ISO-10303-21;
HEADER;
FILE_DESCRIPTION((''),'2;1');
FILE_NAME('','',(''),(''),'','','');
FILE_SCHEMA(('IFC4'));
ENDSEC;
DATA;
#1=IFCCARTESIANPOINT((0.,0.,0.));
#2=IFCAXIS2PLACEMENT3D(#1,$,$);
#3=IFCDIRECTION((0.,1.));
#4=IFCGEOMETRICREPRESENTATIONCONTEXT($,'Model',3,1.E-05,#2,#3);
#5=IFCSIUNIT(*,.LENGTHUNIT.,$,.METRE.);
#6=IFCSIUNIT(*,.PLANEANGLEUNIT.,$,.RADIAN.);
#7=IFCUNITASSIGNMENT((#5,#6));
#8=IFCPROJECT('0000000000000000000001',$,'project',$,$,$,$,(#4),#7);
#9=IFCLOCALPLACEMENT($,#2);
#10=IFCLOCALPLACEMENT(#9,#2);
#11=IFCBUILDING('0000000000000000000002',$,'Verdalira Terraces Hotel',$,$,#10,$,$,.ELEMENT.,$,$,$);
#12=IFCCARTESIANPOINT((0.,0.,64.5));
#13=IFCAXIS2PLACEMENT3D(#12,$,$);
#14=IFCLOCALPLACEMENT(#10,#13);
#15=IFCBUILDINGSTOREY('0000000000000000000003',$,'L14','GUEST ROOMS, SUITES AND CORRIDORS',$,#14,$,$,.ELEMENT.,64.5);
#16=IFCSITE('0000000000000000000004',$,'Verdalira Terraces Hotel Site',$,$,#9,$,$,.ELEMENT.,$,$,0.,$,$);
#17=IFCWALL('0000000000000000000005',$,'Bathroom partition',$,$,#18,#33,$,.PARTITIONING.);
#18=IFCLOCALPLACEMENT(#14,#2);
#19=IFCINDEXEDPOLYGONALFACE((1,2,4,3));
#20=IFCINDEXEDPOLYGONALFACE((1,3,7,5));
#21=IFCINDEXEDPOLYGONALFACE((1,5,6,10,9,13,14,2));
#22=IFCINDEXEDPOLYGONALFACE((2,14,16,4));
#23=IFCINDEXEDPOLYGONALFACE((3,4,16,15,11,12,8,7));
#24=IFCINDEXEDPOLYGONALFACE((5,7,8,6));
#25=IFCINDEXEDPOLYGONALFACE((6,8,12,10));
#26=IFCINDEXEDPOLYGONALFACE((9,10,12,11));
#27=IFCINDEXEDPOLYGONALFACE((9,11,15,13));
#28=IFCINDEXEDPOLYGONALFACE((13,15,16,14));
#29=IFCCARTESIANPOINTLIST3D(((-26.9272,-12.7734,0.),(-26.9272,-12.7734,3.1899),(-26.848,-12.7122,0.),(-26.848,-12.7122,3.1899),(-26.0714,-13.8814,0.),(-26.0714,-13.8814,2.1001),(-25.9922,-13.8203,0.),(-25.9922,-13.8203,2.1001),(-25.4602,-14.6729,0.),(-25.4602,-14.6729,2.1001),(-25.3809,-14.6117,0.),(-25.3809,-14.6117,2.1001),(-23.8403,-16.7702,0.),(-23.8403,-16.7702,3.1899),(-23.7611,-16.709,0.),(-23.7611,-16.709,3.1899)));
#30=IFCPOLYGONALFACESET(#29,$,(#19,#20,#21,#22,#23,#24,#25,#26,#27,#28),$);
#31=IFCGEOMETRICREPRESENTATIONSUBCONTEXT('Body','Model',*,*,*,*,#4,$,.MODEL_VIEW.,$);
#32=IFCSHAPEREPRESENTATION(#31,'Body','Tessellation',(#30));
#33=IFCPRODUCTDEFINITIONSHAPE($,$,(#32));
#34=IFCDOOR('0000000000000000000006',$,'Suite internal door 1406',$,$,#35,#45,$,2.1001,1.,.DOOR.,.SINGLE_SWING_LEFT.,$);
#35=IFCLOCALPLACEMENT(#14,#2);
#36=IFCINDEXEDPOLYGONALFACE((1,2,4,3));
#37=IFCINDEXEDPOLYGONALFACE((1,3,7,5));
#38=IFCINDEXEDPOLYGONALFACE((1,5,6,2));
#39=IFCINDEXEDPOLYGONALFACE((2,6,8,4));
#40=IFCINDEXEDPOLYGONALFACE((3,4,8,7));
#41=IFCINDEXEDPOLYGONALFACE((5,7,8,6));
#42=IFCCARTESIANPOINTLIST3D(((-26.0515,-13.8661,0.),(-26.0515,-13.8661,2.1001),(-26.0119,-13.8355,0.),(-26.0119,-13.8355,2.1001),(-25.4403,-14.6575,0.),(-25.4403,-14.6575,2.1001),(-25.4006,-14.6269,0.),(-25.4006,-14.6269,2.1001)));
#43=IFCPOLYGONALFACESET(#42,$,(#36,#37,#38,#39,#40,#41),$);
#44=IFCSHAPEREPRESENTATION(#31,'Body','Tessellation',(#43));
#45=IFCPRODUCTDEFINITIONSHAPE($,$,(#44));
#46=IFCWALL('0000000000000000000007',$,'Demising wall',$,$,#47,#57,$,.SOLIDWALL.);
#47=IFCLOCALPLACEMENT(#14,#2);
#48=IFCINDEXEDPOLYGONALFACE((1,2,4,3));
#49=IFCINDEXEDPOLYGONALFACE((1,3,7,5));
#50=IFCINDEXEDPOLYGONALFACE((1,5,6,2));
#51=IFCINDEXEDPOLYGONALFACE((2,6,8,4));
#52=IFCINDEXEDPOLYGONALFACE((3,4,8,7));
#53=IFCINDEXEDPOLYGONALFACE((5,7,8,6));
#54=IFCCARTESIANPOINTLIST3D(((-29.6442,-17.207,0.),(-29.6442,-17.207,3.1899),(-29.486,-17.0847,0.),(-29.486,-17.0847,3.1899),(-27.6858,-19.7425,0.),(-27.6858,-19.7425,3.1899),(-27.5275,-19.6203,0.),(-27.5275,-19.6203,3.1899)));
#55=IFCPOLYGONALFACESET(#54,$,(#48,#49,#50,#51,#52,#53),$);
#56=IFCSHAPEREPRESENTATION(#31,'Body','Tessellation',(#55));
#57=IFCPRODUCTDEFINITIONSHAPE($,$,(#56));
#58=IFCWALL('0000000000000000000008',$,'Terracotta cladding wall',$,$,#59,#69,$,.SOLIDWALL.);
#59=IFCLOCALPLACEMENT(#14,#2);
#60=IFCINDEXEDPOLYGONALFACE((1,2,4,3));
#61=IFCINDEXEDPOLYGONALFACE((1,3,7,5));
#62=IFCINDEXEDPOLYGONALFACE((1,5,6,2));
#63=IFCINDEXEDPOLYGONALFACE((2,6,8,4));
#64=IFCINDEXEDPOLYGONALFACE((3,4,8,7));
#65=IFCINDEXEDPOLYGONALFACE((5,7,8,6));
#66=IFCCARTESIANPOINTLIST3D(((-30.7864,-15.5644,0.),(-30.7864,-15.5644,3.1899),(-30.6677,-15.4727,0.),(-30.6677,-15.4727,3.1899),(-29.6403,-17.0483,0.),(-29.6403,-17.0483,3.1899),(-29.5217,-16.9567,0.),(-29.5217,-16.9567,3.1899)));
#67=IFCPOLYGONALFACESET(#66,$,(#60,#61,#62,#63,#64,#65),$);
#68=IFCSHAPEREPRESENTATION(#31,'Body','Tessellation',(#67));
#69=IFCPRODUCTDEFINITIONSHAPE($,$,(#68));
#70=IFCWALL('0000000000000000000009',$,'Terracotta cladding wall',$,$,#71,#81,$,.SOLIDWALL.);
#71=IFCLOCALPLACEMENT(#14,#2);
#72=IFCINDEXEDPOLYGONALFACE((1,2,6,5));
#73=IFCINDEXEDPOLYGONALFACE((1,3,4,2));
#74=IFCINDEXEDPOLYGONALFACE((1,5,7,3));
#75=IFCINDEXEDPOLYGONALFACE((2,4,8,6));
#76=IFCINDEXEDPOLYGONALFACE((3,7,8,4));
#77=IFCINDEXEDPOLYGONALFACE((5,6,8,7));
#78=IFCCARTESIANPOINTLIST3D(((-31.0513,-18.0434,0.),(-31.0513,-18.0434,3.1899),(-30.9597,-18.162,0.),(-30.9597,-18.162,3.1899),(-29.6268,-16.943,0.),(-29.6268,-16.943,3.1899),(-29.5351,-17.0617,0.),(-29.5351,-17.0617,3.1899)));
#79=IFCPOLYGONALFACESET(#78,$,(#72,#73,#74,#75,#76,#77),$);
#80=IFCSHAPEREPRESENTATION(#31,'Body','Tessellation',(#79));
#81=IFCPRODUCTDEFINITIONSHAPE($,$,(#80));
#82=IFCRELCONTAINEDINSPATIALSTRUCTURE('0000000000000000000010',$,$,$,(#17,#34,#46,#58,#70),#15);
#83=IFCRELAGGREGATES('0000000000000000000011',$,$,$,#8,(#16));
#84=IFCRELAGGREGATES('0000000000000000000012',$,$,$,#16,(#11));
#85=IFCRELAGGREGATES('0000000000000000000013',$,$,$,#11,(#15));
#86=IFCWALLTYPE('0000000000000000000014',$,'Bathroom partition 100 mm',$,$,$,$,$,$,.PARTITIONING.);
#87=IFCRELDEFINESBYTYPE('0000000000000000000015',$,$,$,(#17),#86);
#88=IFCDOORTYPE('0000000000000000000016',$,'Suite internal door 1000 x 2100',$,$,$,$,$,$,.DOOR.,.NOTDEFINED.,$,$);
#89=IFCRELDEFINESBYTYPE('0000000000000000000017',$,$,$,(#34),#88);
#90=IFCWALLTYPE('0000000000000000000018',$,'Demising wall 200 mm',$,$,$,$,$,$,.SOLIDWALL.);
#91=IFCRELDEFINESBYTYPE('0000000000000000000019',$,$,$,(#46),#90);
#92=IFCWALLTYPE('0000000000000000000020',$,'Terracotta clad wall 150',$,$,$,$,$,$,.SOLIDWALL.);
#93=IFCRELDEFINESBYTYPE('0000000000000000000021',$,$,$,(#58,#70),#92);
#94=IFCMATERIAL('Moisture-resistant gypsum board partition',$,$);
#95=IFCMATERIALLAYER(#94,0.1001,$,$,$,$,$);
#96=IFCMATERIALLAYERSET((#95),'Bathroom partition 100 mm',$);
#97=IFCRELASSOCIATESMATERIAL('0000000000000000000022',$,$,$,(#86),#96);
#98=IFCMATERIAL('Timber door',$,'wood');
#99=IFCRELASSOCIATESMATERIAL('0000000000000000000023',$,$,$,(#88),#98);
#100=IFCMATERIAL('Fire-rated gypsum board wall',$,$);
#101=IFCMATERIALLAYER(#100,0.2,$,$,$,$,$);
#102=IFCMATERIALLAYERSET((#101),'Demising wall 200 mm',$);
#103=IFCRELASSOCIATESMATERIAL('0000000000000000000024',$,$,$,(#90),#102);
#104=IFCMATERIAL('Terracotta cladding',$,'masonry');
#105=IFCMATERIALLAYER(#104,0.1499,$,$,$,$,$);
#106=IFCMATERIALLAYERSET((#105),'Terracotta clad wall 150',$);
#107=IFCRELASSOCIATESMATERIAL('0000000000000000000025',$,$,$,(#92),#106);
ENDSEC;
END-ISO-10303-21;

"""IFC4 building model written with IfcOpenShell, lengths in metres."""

from ifc_helpers import new_model, si_unit, direction, frame, frame_2d, origin, place, context, subcontext, project, spatial, rectangle, extrude, material, layer, layer_set, type_object, element, fill, save


model = new_model("IFC4")

# Units and contexts
model_context = context("Model", 3, precision=1e-05, world=origin(), true_north=direction((0.0, 1.0)))
body_context = subcontext(model_context, "Body", "Model", "MODEL_VIEW")
ifc_project = project(units=[si_unit("LENGTHUNIT", "METRE"), si_unit("PLANEANGLEUNIT", "RADIAN")], contexts=[model_context])

# Site, building, storey
site_placement = place(None, origin())
site = spatial("IfcSite", under=ifc_project, at=site_placement, Name="Verdalira Terraces Hotel Site", CompositionType="ELEMENT", RefElevation=0.0)
building_placement = place(site_placement, origin())
building = spatial("IfcBuilding", under=site, at=building_placement, Name="Verdalira Terraces Hotel", CompositionType="ELEMENT")
storey_placement = place(building_placement, frame((0.0, 0.0, 64.5)))
storey = spatial("IfcBuildingStorey", under=building, at=storey_placement, Name="L14", Description="GUEST ROOMS, SUITES AND CORRIDORS", CompositionType="ELEMENT", Elevation=64.5)

# Shared definitions
ifc_material_1 = material(Name="Moisture-resistant gypsum board partition")
ifc_layer_1 = layer(ifc_material_1, 0.1001)
ifc_layer_set_1 = layer_set([ifc_layer_1], Name="Bathroom partition 100 mm")
wall_type_1 = type_object("IfcWallType", Name="Bathroom partition 100 mm", PredefinedType="PARTITIONING", material=ifc_layer_set_1)

# Wall, opening, door
wall_1_placement = place(storey_placement, frame((-23.8008, -16.7395, 0.0), z_axis=(0.0, 0.0, 1.0), x_axis=(-0.611256, 0.791433, 0.0)))
wall_1 = element("IfcWall", 1, at=wall_1_placement, inside=storey, type_object=wall_type_1, Name="Bathroom partition", PredefinedType="PARTITIONING", context=body_context, shape_type="SweptSolid", body=[
    extrude(rectangle(XDim=5.05, YDim=0.1001, at=frame_2d((2.5249, 0.0))), origin(), (0.0, 0.0, 1.0), 3.1899),
])
opening_1_placement = place(wall_1_placement, frame((2.6499, 0.0, 0.0)))
opening_1 = element("IfcOpeningElement", 2, at=opening_1_placement, cuts=wall_1, PredefinedType="OPENING", context=body_context, shape_type="SweptSolid", body=[
    extrude(rectangle(XDim=1.0, YDim=2.1001, at=frame_2d((0.5, 1.05))), frame((0.0, 0.0601, 0.0), z_axis=(0.0, -1.0, 0.0), x_axis=(1.0, 0.0, 0.0)), (0.0, 0.0, 1.0), 0.1201),
])
ifc_material_2 = material(Name="Timber door", Category="wood")
door_type_1 = type_object("IfcDoorType", Name="Suite internal door 1000 x 2100", OperationType="NOTDEFINED", PredefinedType="DOOR", material=ifc_material_2)
door_1_placement = place(opening_1_placement, origin())
door_1 = element("IfcDoor", 3, at=door_1_placement, inside=storey, type_object=door_type_1, Name="Suite internal door 1406", OperationType="SINGLE_SWING_LEFT", OverallHeight=2.1001, OverallWidth=1.0, PredefinedType="DOOR", context=body_context, shape_type="SweptSolid", body=[
    extrude(rectangle(XDim=1.0, YDim=2.1001, at=frame_2d((0.5, 1.05))), frame((0.0, 0.0249, 0.0), z_axis=(0.0, -1.0, 0.0), x_axis=(1.0, 0.0, 0.0)), (0.0, 0.0, 1.0), 0.05),
])
fill(opening_1, door_1)

# Walls
ifc_material_3 = material(Name="Fire-rated gypsum board wall")
ifc_layer_2 = layer(ifc_material_3, 0.2)
ifc_layer_set_2 = layer_set([ifc_layer_2], Name="Demising wall 200 mm")
wall_type_2 = type_object("IfcWallType", Name="Demising wall 200 mm", PredefinedType="SOLIDWALL", material=ifc_layer_set_2)
wall_2_placement = place(storey_placement, frame((-29.5652, -17.1458, 0.0), z_axis=(0.0, 0.0, 1.0), x_axis=(0.611278, -0.791416, 0.0)))
element("IfcWall", 4, at=wall_2_placement, inside=storey, type_object=wall_type_2, Name="Demising wall", PredefinedType="SOLIDWALL", context=body_context, shape_type="SweptSolid", body=[
    extrude(rectangle(XDim=3.2039, YDim=0.2, at=frame_2d((1.6021, 0.0))), origin(), (0.0, 0.0, 1.0), 3.1899),
])
ifc_material_4 = material(Name="Terracotta cladding", Category="masonry")
ifc_layer_3 = layer(ifc_material_4, 0.1499)
ifc_layer_set_3 = layer_set([ifc_layer_3], Name="Terracotta clad wall 150")
wall_type_3 = type_object("IfcWallType", Name="Terracotta clad wall 150", PredefinedType="SOLIDWALL", material=ifc_layer_set_3)
wall_3_placement = place(storey_placement, frame((-30.7271, -15.5186, 0.0), z_axis=(0.0, 0.0, 1.0), x_axis=(0.611233, -0.791451, 0.0)))
element("IfcWall", 5, at=wall_3_placement, inside=storey, type_object=wall_type_3, Name="Terracotta cladding wall", PredefinedType="SOLIDWALL", context=body_context, shape_type="SweptSolid", body=[
    extrude(rectangle(XDim=1.875, YDim=0.1499, at=frame_2d((0.9375, 0.0))), origin(), (0.0, 0.0, 1.0), 3.1899),
])
wall_4_placement = place(storey_placement, frame((-29.5811, -17.0024, 0.0), z_axis=(0.0, 0.0, 1.0), x_axis=(-0.791407, -0.611289, 0.0)))
element("IfcWall", 6, at=wall_4_placement, inside=storey, type_object=wall_type_3, Name="Terracotta cladding wall", PredefinedType="SOLIDWALL", context=body_context, shape_type="SweptSolid", body=[
    extrude(rectangle(XDim=1.8, YDim=0.1499, at=frame_2d((0.8999, 0.0))), origin(), (0.0, 0.0, 1.0), 3.1899),
])

save(model, "model.ifc")
